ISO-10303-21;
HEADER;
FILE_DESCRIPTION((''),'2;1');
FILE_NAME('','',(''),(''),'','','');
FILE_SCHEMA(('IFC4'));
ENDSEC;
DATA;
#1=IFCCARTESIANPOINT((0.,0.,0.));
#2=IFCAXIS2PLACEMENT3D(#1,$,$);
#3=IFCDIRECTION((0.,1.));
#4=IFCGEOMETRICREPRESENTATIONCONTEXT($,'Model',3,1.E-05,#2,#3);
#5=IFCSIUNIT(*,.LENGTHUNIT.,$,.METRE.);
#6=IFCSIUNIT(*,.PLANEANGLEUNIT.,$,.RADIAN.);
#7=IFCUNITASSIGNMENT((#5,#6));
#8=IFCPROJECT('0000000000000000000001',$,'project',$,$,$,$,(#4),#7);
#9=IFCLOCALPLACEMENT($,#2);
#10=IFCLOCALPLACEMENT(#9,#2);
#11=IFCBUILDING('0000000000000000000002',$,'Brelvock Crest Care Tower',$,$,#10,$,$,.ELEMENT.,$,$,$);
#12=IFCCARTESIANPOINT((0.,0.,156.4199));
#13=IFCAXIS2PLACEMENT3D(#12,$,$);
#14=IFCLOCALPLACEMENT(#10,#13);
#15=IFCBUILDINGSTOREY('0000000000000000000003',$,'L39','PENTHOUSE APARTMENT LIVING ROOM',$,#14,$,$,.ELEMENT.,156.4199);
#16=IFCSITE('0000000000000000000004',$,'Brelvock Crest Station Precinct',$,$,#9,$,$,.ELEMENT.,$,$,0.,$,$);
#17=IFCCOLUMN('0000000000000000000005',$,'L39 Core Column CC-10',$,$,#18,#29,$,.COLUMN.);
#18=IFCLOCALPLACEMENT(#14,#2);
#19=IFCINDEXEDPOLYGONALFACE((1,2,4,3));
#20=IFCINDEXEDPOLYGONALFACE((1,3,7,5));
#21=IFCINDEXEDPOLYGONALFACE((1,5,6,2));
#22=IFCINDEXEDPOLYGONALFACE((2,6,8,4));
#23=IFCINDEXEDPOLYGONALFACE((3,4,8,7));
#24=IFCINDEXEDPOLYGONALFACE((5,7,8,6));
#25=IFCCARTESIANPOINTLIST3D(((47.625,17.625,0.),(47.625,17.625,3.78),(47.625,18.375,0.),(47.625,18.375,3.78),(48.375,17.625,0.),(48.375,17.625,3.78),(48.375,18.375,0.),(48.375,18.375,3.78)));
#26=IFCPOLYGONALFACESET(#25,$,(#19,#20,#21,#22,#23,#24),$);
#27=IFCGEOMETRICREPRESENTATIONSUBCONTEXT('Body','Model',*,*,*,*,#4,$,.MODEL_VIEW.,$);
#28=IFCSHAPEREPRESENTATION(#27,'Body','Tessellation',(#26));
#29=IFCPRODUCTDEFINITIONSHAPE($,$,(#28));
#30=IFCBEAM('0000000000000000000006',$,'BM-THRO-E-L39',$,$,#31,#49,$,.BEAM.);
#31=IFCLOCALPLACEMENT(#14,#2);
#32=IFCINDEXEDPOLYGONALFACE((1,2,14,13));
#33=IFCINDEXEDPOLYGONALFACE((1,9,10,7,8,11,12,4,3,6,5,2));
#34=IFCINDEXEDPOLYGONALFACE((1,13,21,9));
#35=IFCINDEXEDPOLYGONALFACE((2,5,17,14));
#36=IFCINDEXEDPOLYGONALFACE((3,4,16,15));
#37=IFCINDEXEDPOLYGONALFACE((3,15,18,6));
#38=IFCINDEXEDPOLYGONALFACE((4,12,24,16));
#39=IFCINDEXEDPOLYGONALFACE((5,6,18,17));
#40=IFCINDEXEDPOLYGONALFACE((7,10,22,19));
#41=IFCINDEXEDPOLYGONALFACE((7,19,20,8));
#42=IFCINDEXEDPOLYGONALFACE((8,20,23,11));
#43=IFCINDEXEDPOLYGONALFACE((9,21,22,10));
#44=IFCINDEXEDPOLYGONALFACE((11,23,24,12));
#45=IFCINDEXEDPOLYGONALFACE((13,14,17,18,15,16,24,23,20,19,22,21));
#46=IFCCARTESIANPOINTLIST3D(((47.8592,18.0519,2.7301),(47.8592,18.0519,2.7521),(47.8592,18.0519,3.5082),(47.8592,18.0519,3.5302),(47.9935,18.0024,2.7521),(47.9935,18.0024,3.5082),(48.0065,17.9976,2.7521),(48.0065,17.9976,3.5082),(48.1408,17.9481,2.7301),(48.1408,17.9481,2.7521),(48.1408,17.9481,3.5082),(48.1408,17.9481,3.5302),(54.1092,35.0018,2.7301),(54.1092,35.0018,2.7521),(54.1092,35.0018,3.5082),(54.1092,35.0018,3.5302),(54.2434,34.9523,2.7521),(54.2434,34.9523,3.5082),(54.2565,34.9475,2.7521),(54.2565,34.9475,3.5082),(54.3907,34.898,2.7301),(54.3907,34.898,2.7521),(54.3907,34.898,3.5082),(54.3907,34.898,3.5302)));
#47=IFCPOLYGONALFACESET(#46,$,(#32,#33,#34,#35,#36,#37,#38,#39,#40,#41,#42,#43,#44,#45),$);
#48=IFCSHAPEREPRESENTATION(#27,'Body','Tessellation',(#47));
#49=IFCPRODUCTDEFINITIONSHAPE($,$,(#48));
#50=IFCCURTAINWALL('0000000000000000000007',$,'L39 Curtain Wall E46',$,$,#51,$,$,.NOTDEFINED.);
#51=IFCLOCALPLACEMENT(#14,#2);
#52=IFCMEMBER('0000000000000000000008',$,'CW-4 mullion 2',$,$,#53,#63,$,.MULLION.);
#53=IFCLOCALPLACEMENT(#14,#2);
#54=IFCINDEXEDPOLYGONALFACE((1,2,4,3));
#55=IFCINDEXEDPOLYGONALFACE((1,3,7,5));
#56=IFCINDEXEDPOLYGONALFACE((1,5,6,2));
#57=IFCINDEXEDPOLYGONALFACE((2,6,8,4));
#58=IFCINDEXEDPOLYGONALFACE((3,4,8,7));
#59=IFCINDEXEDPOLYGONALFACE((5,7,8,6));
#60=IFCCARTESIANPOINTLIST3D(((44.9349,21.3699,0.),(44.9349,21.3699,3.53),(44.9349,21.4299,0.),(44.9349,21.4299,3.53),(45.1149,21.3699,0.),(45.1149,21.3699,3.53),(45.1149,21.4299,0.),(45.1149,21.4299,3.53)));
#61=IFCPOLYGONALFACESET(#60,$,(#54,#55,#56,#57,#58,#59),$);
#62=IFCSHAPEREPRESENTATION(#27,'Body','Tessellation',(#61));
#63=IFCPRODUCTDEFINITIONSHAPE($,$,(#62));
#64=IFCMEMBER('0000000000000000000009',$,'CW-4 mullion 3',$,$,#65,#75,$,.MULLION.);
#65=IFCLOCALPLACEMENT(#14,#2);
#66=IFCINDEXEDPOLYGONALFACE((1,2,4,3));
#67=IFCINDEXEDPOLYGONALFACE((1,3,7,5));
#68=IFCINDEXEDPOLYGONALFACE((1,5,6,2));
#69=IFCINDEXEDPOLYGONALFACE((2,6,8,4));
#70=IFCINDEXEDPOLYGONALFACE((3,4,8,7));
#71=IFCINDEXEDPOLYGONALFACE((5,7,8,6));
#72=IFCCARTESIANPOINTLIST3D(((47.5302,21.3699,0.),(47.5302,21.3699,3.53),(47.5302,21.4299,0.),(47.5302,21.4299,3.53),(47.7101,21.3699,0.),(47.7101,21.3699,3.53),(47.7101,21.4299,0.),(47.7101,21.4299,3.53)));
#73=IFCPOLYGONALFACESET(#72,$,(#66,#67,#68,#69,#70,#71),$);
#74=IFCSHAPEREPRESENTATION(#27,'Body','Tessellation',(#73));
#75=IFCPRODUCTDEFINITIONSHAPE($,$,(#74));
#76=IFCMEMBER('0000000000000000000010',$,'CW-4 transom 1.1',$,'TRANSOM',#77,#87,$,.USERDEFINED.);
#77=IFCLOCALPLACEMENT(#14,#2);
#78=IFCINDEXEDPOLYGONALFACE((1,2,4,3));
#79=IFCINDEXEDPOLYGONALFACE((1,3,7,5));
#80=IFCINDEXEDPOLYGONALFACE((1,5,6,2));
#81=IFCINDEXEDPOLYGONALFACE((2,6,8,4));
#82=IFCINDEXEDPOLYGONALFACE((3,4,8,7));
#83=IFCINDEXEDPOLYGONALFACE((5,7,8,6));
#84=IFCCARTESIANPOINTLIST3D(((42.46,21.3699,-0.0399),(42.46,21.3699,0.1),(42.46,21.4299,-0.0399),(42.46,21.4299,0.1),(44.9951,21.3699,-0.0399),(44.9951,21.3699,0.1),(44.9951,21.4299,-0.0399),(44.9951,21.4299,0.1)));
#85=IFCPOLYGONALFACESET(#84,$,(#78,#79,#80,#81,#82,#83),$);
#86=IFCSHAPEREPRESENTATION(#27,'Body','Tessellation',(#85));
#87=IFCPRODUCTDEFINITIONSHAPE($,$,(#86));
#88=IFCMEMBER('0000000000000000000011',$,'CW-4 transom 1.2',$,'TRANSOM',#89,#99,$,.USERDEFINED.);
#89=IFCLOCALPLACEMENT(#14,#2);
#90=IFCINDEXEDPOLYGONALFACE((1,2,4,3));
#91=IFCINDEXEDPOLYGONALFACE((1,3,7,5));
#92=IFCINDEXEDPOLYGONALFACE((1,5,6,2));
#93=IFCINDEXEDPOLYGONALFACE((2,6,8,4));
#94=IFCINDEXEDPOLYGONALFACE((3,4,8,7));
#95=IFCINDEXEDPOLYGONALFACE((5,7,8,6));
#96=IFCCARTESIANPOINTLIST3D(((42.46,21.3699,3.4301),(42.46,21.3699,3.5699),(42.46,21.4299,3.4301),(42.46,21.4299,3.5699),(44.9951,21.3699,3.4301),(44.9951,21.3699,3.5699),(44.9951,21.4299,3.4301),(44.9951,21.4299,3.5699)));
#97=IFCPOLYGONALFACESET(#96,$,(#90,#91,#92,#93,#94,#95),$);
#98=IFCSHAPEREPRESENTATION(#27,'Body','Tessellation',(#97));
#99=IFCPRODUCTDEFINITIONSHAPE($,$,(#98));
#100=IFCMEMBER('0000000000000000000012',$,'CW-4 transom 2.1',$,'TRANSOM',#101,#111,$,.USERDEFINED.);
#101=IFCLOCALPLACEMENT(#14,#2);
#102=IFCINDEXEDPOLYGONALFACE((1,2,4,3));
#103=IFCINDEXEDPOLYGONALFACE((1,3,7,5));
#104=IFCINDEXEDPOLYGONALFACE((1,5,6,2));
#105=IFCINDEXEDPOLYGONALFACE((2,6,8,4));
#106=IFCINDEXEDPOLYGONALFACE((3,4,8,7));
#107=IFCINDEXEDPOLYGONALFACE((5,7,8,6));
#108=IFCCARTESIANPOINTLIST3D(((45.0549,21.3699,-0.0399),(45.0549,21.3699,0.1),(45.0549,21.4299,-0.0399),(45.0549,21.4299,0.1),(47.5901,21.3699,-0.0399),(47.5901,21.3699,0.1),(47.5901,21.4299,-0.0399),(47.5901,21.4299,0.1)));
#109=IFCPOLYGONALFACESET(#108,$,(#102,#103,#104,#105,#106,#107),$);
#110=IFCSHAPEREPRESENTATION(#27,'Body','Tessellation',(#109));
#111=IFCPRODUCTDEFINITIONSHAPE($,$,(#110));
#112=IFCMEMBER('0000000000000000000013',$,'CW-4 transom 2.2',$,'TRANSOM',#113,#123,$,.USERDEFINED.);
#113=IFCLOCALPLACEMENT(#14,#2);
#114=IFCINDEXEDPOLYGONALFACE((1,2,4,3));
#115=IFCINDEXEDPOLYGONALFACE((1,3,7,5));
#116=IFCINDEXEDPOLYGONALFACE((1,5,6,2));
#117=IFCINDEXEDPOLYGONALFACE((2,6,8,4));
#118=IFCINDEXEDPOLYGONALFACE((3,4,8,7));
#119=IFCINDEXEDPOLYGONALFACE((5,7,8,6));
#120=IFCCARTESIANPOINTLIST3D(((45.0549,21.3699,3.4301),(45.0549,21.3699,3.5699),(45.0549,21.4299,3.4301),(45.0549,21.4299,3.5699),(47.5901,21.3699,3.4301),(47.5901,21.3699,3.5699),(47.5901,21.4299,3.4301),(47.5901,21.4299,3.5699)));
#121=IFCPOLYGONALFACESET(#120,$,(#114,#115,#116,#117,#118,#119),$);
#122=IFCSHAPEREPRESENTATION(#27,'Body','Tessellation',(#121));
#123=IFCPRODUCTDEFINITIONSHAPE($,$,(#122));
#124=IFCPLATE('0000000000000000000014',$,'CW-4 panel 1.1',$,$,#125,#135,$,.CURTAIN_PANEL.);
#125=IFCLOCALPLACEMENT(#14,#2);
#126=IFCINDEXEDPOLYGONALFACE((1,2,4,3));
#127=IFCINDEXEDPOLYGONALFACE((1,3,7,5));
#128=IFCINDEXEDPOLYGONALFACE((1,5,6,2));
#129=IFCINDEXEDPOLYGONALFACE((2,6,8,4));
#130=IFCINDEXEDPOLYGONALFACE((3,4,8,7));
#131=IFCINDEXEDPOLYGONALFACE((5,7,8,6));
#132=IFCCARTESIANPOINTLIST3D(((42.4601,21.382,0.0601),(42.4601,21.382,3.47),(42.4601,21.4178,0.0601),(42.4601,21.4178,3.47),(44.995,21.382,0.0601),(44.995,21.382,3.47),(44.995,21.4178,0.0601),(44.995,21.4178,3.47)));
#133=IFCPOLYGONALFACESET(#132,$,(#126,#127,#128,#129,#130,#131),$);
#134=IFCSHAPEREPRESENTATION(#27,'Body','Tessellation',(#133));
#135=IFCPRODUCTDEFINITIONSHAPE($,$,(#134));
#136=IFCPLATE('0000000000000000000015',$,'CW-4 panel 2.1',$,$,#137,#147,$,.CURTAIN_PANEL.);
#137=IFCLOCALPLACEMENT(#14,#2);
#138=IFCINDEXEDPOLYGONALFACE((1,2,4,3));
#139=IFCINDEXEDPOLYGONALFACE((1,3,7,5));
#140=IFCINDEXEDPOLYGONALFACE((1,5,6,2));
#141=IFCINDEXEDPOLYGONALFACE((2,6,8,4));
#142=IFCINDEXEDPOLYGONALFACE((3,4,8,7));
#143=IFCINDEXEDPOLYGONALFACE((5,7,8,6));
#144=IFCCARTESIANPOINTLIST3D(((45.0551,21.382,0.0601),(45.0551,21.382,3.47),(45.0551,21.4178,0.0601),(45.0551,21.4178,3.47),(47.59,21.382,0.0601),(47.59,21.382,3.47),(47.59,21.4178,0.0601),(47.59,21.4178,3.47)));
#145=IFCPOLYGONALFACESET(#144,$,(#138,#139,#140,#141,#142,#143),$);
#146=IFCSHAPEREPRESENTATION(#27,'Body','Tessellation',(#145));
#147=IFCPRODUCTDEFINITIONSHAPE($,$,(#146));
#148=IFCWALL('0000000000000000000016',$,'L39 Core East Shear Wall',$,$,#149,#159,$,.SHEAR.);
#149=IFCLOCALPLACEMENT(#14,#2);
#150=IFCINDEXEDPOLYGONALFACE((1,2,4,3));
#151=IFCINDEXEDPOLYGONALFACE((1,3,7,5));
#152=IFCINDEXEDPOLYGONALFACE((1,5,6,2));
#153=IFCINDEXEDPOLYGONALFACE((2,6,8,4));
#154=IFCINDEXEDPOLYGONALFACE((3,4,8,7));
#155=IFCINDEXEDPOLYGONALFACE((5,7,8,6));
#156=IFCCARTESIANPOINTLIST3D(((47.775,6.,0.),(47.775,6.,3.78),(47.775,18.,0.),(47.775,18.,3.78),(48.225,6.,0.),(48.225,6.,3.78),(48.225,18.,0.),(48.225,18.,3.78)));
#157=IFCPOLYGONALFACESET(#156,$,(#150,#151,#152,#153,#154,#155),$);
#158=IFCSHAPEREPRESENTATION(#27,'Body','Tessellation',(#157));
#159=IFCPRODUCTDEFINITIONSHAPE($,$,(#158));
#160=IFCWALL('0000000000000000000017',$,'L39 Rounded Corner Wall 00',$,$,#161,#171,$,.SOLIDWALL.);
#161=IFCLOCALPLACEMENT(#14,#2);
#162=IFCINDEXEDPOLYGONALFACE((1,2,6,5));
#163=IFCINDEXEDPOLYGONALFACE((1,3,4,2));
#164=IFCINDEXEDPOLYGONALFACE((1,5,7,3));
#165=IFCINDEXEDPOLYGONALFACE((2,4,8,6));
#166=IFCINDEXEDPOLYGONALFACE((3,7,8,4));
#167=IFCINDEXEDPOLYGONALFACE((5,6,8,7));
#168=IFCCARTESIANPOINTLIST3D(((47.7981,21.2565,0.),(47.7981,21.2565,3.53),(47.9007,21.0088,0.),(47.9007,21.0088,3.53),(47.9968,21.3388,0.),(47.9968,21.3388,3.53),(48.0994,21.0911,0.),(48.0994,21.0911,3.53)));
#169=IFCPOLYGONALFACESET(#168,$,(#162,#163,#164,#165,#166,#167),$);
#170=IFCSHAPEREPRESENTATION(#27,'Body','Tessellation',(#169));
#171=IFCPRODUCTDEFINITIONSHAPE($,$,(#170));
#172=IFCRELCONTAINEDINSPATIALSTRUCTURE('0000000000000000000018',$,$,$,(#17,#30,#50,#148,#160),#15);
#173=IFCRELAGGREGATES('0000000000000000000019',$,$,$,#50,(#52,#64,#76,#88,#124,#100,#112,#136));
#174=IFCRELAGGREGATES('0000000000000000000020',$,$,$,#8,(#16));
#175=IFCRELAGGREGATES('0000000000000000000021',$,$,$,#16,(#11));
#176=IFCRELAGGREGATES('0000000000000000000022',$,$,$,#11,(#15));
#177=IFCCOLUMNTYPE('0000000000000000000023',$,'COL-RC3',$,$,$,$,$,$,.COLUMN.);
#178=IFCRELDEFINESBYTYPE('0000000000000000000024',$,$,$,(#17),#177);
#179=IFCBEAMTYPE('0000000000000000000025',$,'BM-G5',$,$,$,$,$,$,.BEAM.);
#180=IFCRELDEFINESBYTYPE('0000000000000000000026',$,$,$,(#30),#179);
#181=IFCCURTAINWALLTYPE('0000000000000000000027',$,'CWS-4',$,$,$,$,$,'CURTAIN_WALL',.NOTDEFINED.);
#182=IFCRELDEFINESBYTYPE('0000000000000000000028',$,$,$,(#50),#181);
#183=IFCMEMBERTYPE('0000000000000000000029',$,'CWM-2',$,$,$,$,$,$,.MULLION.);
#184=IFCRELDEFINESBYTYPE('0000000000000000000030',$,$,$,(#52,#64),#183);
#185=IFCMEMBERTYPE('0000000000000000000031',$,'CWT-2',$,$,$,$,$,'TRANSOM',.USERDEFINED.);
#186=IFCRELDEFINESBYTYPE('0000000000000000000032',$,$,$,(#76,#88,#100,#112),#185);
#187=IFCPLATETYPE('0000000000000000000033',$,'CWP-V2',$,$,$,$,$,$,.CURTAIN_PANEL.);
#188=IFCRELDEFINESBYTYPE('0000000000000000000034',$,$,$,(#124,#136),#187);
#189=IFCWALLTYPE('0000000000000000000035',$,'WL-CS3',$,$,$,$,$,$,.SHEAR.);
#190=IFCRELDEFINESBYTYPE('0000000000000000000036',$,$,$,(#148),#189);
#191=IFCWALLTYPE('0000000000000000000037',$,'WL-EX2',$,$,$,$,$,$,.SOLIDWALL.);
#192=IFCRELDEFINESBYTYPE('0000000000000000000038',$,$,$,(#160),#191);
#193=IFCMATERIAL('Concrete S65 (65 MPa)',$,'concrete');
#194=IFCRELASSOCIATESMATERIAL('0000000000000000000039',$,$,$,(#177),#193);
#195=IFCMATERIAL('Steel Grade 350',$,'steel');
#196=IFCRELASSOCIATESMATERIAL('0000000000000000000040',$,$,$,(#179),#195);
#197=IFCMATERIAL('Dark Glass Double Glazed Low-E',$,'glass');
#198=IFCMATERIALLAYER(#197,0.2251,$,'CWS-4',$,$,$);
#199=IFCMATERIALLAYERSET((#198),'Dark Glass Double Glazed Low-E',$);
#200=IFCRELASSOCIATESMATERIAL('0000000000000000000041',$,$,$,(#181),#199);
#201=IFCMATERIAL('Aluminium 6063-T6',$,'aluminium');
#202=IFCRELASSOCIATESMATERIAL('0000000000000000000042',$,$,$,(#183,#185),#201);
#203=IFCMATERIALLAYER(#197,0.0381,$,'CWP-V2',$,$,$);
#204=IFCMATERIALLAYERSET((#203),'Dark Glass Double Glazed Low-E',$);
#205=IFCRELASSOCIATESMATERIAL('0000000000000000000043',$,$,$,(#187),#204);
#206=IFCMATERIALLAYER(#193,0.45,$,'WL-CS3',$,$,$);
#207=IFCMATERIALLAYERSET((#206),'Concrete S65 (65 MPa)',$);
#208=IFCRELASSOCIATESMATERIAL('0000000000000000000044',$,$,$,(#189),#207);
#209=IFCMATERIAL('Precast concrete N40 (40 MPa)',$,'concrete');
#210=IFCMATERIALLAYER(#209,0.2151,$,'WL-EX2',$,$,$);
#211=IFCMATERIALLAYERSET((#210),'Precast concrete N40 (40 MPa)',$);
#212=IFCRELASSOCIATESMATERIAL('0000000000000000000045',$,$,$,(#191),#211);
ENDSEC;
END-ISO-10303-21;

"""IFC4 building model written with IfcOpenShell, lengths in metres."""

from ifc_helpers import new_model, si_unit, direction, frame, frame_2d, origin, origin_2d, place, context, subcontext, project, spatial, rectangle, i_section, extrude, source, transform, mapped, material, layer, layer_set, material_profile, profile_set, type_object, element, aggregate, save


model = new_model("IFC4")

# Units and contexts
model_context = context("Model", 3, precision=1e-05, world=origin(), true_north=direction((0.0, 1.0)))
body_context = subcontext(model_context, "Body", "Model", "MODEL_VIEW")
ifc_project = project(units=[si_unit("LENGTHUNIT", "METRE"), si_unit("PLANEANGLEUNIT", "RADIAN")], contexts=[model_context])

# Site, building, storey
site_placement = place(None, origin())
site = spatial("IfcSite", under=ifc_project, at=site_placement, Name="Brelvock Crest Station Precinct", CompositionType="ELEMENT", RefElevation=0.0)
building_placement = place(site_placement, origin())
building = spatial("IfcBuilding", under=site, at=building_placement, Name="Brelvock Crest Care Tower", CompositionType="ELEMENT")
storey_placement = place(building_placement, frame((0.0, 0.0, 156.4199)))
storey = spatial("IfcBuildingStorey", under=building, at=storey_placement, Name="L39", Description="PENTHOUSE APARTMENT LIVING ROOM", CompositionType="ELEMENT", Elevation=156.4199)

# Column
ifc_material_1 = material(Name="Concrete S65 (65 MPa)", Category="concrete")
ifc_material_profile_1 = material_profile(ifc_material_1, rectangle(XDim=0.75, YDim=0.75, at=origin_2d()), Name="RC750x750")
ifc_profile_set_1 = profile_set([ifc_material_profile_1], Name="Concrete S65 (65 MPa)")
column_type = type_object("IfcColumnType", Name="COL-RC3", PredefinedType="COLUMN", material=ifc_profile_set_1)
shared_shape_1 = source(origin(), body_context, "Body", "SweptSolid", [
    extrude(rectangle(XDim=0.75, YDim=0.75, at=origin_2d()), origin(), (0.0, 0.0, 1.0), 3.78),
])
column_placement = place(storey_placement, frame((48.0, 18.0, 0.0), z_axis=(0.0, 0.0, 1.0), x_axis=(1.0, 0.0, 0.0)))
element("IfcColumn", 1, at=column_placement, inside=storey, type_object=column_type, Name="L39 Core Column CC-10", PredefinedType="COLUMN", context=body_context, shape_type="MappedRepresentation", body=[
    mapped(shared_shape_1, transform((0.0, 0.0, 0.0), x_axis=(1.0, 0.0, 0.0), y_axis=(0.0, 1.0, 0.0), z_axis=(0.0, 0.0, 1.0), scale=1.0)),
])

# Beam
ifc_material_2 = material(Name="Steel Grade 350", Category="steel")
ifc_material_profile_2 = material_profile(ifc_material_2, i_section(OverallWidth=0.3, OverallDepth=0.8, WebThickness=0.0139, FlangeThickness=0.022, at=origin_2d()), Name="800WB192")
ifc_profile_set_2 = profile_set([ifc_material_profile_2], Name="Steel Grade 350")
beam_type = type_object("IfcBeamType", Name="BM-G5", PredefinedType="BEAM", material=ifc_profile_set_2)
shared_shape_2 = source(origin(), body_context, "Body", "SweptSolid", [
    extrude(i_section(OverallWidth=0.3, OverallDepth=0.8, WebThickness=0.0139, FlangeThickness=0.022, at=origin_2d()), origin(), (0.0, 0.0, 1.0), 18.0654),
])
beam_placement = place(storey_placement, frame((48.0, 18.0, 3.1301), z_axis=(0.345963, 0.938248, 0.0), x_axis=(-0.938248, 0.345963, 0.0)))
element("IfcBeam", 2, at=beam_placement, inside=storey, type_object=beam_type, Name="BM-THRO-E-L39", PredefinedType="BEAM", context=body_context, shape_type="MappedRepresentation", body=[
    mapped(shared_shape_2, transform((0.0, 0.0, 0.0), x_axis=(1.0, 0.0, 0.0), y_axis=(0.0, 1.0, 0.0), z_axis=(0.0, 0.0, 1.0), scale=1.0)),
])

# Curtain wall, members, plates
ifc_material_3 = material(Name="Dark Glass Double Glazed Low-E", Category="glass")
ifc_layer_1 = layer(ifc_material_3, 0.2251, Name="CWS-4")
ifc_layer_set_1 = layer_set([ifc_layer_1], Name="Dark Glass Double Glazed Low-E")
curtain_wall_type = type_object("IfcCurtainWallType", Name="CWS-4", ElementType="CURTAIN_WALL", PredefinedType="NOTDEFINED", material=ifc_layer_set_1)
curtain_wall_placement = place(storey_placement, origin())
curtain_wall = element("IfcCurtainWall", 3, at=curtain_wall_placement, inside=storey, type_object=curtain_wall_type, Name="L39 Curtain Wall E46", PredefinedType="NOTDEFINED")
ifc_material_4 = material(Name="Aluminium 6063-T6", Category="aluminium")
ifc_material_profile_3 = material_profile(ifc_material_4, rectangle(XDim=0.0601, YDim=0.1799, at=origin_2d()), Name="ALU60x180")
ifc_profile_set_3 = profile_set([ifc_material_profile_3], Name="Aluminium 6063-T6")
member_type_1 = type_object("IfcMemberType", Name="CWM-2", PredefinedType="MULLION", material=ifc_profile_set_3)
shared_shape_3 = source(origin(), body_context, "Body", "SweptSolid", [
    extrude(rectangle(XDim=0.0601, YDim=0.1799, at=origin_2d()), origin(), (0.0, 0.0, 1.0), 3.53),
])
member_1_placement = place(storey_placement, frame((45.0249, 21.3999, 0.0), z_axis=(0.0, 0.0, 1.0), x_axis=(0.0, 1.0, 0.0)))
member_1 = element("IfcMember", 4, at=member_1_placement, type_object=member_type_1, Name="CW-4 mullion 2", PredefinedType="MULLION", context=body_context, shape_type="MappedRepresentation", body=[
    mapped(shared_shape_3, transform((0.0, 0.0, 0.0), x_axis=(1.0, 0.0, 0.0), y_axis=(0.0, 1.0, 0.0), z_axis=(0.0, 0.0, 1.0), scale=1.0)),
])
member_2_placement = place(storey_placement, frame((47.6201, 21.3999, 0.0), z_axis=(0.0, 0.0, 1.0), x_axis=(0.0, 1.0, 0.0)))
member_2 = element("IfcMember", 5, at=member_2_placement, type_object=member_type_1, Name="CW-4 mullion 3", PredefinedType="MULLION", context=body_context, shape_type="MappedRepresentation", body=[
    mapped(shared_shape_3, transform((0.0, 0.0, 0.0), x_axis=(1.0, 0.0, 0.0), y_axis=(0.0, 1.0, 0.0), z_axis=(0.0, 0.0, 1.0), scale=1.0)),
])
ifc_material_profile_4 = material_profile(ifc_material_4, rectangle(XDim=0.0601, YDim=0.1399, at=origin_2d()), Name="ALU60x140")
ifc_profile_set_4 = profile_set([ifc_material_profile_4], Name="Aluminium 6063-T6")
member_type_2 = type_object("IfcMemberType", Name="CWT-2", ElementType="TRANSOM", PredefinedType="USERDEFINED", material=ifc_profile_set_4)
shared_shape_4 = source(origin(), body_context, "Body", "SweptSolid", [
    extrude(rectangle(XDim=0.0601, YDim=0.1399, at=origin_2d()), origin(), (0.0, 0.0, 1.0), 2.5352),
])
member_3_placement = place(storey_placement, frame((42.46, 21.3999, 0.03), z_axis=(1.0, 0.0, 0.0), x_axis=(0.0, 1.0, 0.0)))
member_3 = element("IfcMember", 6, at=member_3_placement, type_object=member_type_2, Name="CW-4 transom 1.1", ObjectType="TRANSOM", PredefinedType="USERDEFINED", context=body_context, shape_type="MappedRepresentation", body=[
    mapped(shared_shape_4, transform((0.0, 0.0, 0.0), x_axis=(1.0, 0.0, 0.0), y_axis=(0.0, 1.0, 0.0), z_axis=(0.0, 0.0, 1.0), scale=1.0)),
])
member_4_placement = place(storey_placement, frame((42.46, 21.3999, 3.5), z_axis=(1.0, 0.0, 0.0), x_axis=(0.0, 1.0, 0.0)))
member_4 = element("IfcMember", 7, at=member_4_placement, type_object=member_type_2, Name="CW-4 transom 1.2", ObjectType="TRANSOM", PredefinedType="USERDEFINED", context=body_context, shape_type="MappedRepresentation", body=[
    mapped(shared_shape_4, transform((0.0, 0.0, 0.0), x_axis=(1.0, 0.0, 0.0), y_axis=(0.0, 1.0, 0.0), z_axis=(0.0, 0.0, 1.0), scale=1.0)),
])
member_5_placement = place(storey_placement, frame((45.0549, 21.3999, 0.03), z_axis=(1.0, 0.0, 0.0), x_axis=(0.0, 1.0, 0.0)))
member_5 = element("IfcMember", 8, at=member_5_placement, type_object=member_type_2, Name="CW-4 transom 2.1", ObjectType="TRANSOM", PredefinedType="USERDEFINED", context=body_context, shape_type="MappedRepresentation", body=[
    mapped(shared_shape_4, transform((0.0, 0.0, 0.0), x_axis=(1.0, 0.0, 0.0), y_axis=(0.0, 1.0, 0.0), z_axis=(0.0, 0.0, 1.0), scale=1.0)),
])
member_6_placement = place(storey_placement, frame((45.0549, 21.3999, 3.5), z_axis=(1.0, 0.0, 0.0), x_axis=(0.0, 1.0, 0.0)))
member_6 = element("IfcMember", 9, at=member_6_placement, type_object=member_type_2, Name="CW-4 transom 2.2", ObjectType="TRANSOM", PredefinedType="USERDEFINED", context=body_context, shape_type="MappedRepresentation", body=[
    mapped(shared_shape_4, transform((0.0, 0.0, 0.0), x_axis=(1.0, 0.0, 0.0), y_axis=(0.0, 1.0, 0.0), z_axis=(0.0, 0.0, 1.0), scale=1.0)),
])
ifc_layer_2 = layer(ifc_material_3, 0.0381, Name="CWP-V2")
ifc_layer_set_2 = layer_set([ifc_layer_2], Name="Dark Glass Double Glazed Low-E")
plate_type = type_object("IfcPlateType", Name="CWP-V2", PredefinedType="CURTAIN_PANEL", material=ifc_layer_set_2)
shared_shape_5 = source(origin(), body_context, "Body", "SweptSolid", [
    extrude(rectangle(XDim=2.5349, YDim=0.0359, at=origin_2d()), origin(), (0.0, 0.0, 1.0), 3.4099),
])
plate_1_placement = place(storey_placement, frame((43.7275, 21.3999, 0.0601), z_axis=(0.0, 0.0, 1.0), x_axis=(1.0, 0.0, 0.0)))
plate_1 = element("IfcPlate", 10, at=plate_1_placement, type_object=plate_type, Name="CW-4 panel 1.1", PredefinedType="CURTAIN_PANEL", context=body_context, shape_type="MappedRepresentation", body=[
    mapped(shared_shape_5, transform((0.0, 0.0, 0.0), x_axis=(1.0, 0.0, 0.0), y_axis=(0.0, 1.0, 0.0), z_axis=(0.0, 0.0, 1.0), scale=1.0)),
])
plate_2_placement = place(storey_placement, frame((46.3225, 21.3999, 0.0601), z_axis=(0.0, 0.0, 1.0), x_axis=(1.0, 0.0, 0.0)))
plate_2 = element("IfcPlate", 11, at=plate_2_placement, type_object=plate_type, Name="CW-4 panel 2.1", PredefinedType="CURTAIN_PANEL", context=body_context, shape_type="MappedRepresentation", body=[
    mapped(shared_shape_5, transform((0.0, 0.0, 0.0), x_axis=(1.0, 0.0, 0.0), y_axis=(0.0, 1.0, 0.0), z_axis=(0.0, 0.0, 1.0), scale=1.0)),
])
aggregate(curtain_wall, [member_1, member_2, member_3, member_4, plate_1, member_5, member_6, plate_2])

# Walls
ifc_layer_3 = layer(ifc_material_1, 0.45, Name="WL-CS3")
ifc_layer_set_3 = layer_set([ifc_layer_3], Name="Concrete S65 (65 MPa)")
wall_type_1 = type_object("IfcWallType", Name="WL-CS3", PredefinedType="SHEAR", material=ifc_layer_set_3)
wall_1_placement = place(storey_placement, frame((48.0, 18.0, 0.0), z_axis=(0.0, 0.0, 1.0), x_axis=(0.0, -1.0, 0.0)))
element("IfcWall", 12, at=wall_1_placement, inside=storey, type_object=wall_type_1, Name="L39 Core East Shear Wall", PredefinedType="SHEAR", context=body_context, shape_type="SweptSolid", body=[
    extrude(rectangle(XDim=12.0, YDim=0.45, at=frame_2d((6.0, 0.0))), origin(), (0.0, 0.0, 1.0), 3.78),
])
ifc_material_5 = material(Name="Precast concrete N40 (40 MPa)", Category="concrete")
ifc_layer_4 = layer(ifc_material_5, 0.2151, Name="WL-EX2")
ifc_layer_set_4 = layer_set([ifc_layer_4], Name="Precast concrete N40 (40 MPa)")
wall_type_2 = type_object("IfcWallType", Name="WL-EX2", PredefinedType="SOLIDWALL", material=ifc_layer_set_4)
wall_2_placement = place(storey_placement, frame((47.8975, 21.2976, 0.0), z_axis=(0.0, 0.0, 1.0), x_axis=(0.382674, -0.923884, 0.0)))
element("IfcWall", 13, at=wall_2_placement, inside=storey, type_object=wall_type_2, Name="L39 Rounded Corner Wall 00", PredefinedType="SOLIDWALL", context=body_context, shape_type="SweptSolid", body=[
    extrude(rectangle(XDim=0.2681, YDim=0.2151, at=frame_2d((0.134, 0.0))), origin(), (0.0, 0.0, 1.0), 3.53),
])

save(model, "model.ifc")
